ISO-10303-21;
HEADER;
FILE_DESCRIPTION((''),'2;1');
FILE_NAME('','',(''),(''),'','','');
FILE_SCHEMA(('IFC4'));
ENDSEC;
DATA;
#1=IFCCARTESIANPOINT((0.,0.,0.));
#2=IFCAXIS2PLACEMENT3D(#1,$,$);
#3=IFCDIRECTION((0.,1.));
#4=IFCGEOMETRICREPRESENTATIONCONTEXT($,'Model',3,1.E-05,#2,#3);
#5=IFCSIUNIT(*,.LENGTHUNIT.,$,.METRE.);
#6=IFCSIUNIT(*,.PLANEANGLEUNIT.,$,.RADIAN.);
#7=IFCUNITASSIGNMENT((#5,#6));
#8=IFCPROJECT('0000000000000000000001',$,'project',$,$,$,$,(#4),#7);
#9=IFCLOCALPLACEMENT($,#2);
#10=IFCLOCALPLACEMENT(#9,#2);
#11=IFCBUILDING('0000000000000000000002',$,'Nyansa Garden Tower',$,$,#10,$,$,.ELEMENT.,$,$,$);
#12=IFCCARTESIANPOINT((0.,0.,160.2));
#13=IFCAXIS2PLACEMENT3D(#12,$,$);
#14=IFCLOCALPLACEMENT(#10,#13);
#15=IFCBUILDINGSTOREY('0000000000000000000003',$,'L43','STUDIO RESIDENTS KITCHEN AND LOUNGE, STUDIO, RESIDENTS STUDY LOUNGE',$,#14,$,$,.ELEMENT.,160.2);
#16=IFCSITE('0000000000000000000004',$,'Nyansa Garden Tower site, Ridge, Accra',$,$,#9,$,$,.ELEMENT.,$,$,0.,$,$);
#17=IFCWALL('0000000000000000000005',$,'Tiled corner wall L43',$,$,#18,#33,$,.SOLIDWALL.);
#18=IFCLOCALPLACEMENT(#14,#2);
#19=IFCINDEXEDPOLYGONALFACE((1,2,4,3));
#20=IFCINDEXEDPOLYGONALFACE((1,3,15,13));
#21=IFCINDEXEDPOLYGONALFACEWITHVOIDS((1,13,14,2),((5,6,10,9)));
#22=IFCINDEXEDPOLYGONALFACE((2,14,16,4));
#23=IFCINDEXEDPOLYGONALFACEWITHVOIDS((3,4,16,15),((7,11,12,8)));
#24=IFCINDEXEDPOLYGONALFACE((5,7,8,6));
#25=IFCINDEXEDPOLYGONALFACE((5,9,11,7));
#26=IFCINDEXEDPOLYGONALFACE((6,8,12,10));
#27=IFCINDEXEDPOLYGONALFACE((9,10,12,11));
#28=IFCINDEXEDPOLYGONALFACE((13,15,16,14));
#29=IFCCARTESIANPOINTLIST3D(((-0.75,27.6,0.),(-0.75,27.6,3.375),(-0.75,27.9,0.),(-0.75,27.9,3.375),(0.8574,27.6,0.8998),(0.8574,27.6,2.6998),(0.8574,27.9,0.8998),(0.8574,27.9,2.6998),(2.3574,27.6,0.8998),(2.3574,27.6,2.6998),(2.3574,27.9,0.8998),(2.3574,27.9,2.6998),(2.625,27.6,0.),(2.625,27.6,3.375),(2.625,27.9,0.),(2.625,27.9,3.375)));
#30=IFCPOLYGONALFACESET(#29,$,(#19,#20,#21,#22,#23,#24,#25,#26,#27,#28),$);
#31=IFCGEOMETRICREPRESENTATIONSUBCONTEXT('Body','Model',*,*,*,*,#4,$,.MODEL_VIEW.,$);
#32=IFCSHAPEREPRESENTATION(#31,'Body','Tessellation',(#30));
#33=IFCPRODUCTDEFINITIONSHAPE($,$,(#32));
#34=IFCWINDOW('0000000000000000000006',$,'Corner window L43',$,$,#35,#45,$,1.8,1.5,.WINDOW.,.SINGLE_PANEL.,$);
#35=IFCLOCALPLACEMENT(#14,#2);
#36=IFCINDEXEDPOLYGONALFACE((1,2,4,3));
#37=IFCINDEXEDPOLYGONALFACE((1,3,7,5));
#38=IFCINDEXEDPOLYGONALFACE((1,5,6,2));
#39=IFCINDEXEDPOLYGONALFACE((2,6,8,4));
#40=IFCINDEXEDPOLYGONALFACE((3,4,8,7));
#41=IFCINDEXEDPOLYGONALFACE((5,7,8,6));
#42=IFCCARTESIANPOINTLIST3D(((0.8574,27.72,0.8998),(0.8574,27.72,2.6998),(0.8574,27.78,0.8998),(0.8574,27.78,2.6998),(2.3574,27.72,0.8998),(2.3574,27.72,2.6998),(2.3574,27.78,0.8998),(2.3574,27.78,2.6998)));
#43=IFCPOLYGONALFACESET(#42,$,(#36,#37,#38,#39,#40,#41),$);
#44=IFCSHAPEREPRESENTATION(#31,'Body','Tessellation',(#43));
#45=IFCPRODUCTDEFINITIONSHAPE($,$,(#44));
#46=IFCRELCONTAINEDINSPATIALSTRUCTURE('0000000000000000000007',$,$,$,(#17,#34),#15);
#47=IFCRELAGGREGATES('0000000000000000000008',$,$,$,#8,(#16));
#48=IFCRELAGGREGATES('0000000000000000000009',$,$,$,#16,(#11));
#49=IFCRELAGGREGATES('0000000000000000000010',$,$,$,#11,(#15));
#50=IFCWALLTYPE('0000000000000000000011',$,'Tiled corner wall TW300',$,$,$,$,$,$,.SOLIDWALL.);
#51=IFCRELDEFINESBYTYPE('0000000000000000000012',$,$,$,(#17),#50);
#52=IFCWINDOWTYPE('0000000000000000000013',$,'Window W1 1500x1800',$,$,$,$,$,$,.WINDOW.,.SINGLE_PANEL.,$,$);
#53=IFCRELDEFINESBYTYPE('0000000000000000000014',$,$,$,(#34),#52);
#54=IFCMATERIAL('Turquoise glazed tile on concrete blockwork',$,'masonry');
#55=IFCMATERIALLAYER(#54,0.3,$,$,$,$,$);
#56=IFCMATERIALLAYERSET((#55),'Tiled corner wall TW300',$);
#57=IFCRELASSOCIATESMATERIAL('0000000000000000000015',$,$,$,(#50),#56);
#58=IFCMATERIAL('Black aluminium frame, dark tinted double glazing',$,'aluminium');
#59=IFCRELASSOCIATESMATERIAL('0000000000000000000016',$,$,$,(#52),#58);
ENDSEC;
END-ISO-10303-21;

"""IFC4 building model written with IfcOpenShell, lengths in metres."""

from ifc_helpers import new_model, si_unit, direction, frame, frame_2d, origin, place, context, subcontext, project, spatial, rectangle, extrude, material, layer, layer_set, type_object, element, fill, save


model = new_model("IFC4")

# Units and contexts
model_context = context("Model", 3, precision=1e-05, world=origin(), true_north=direction((0.0, 1.0)))
body_context = subcontext(model_context, "Body", "Model", "MODEL_VIEW")
ifc_project = project(units=[si_unit("LENGTHUNIT", "METRE"), si_unit("PLANEANGLEUNIT", "RADIAN")], contexts=[model_context])

# Site, building, storey
site_placement = place(None, origin())
site = spatial("IfcSite", under=ifc_project, at=site_placement, Name="Nyansa Garden Tower site, Ridge, Accra", CompositionType="ELEMENT", RefElevation=0.0)
building_placement = place(site_placement, origin())
building = spatial("IfcBuilding", under=site, at=building_placement, Name="Nyansa Garden Tower", CompositionType="ELEMENT")
storey_placement = place(building_placement, frame((0.0, 0.0, 160.2)))
storey = spatial("IfcBuildingStorey", under=building, at=storey_placement, Name="L43", Description="STUDIO RESIDENTS KITCHEN AND LOUNGE, STUDIO, RESIDENTS STUDY LOUNGE", CompositionType="ELEMENT", Elevation=160.2)

# Wall, opening, window
ifc_material_1 = material(Name="Turquoise glazed tile on concrete blockwork", Category="masonry")
ifc_layer_1 = layer(ifc_material_1, 0.3)
ifc_layer_set_1 = layer_set([ifc_layer_1], Name="Tiled corner wall TW300")
wall_type_1 = type_object("IfcWallType", Name="Tiled corner wall TW300", PredefinedType="SOLIDWALL", material=ifc_layer_set_1)
ifc_material_2 = material(Name="Black aluminium frame, dark tinted double glazing", Category="aluminium")
window_type_1 = type_object("IfcWindowType", Name="Window W1 1500x1800", PartitioningType="SINGLE_PANEL", PredefinedType="WINDOW", material=ifc_material_2)
wall_1_placement = place(storey_placement, frame((2.625, 27.75, 0.0), z_axis=(0.0, 0.0, 1.0), x_axis=(-1.0, 0.0, 0.0)))
wall_1 = element("IfcWall", 1, at=wall_1_placement, inside=storey, type_object=wall_type_1, Name="Tiled corner wall L43", PredefinedType="SOLIDWALL", context=body_context, shape_type="SweptSolid", body=[
    extrude(rectangle(XDim=3.375, YDim=0.3, at=frame_2d((1.6875, 0.0))), origin(), (0.0, 0.0, 1.0), 3.375),
])
opening_1_placement = place(wall_1_placement, frame((0.2676, 0.0, 0.8999)))
opening_1 = element("IfcOpeningElement", 2, at=opening_1_placement, cuts=wall_1, PredefinedType="OPENING", context=body_context, shape_type="SweptSolid", body=[
    extrude(rectangle(XDim=1.5, YDim=1.8, at=frame_2d((0.75, 0.8999))), frame((0.0, 0.1599, 0.0), z_axis=(0.0, -1.0, 0.0), x_axis=(1.0, 0.0, 0.0)), (0.0, 0.0, 1.0), 0.3201),
])
window_1_placement = place(opening_1_placement, origin())
window_1 = element("IfcWindow", 3, at=window_1_placement, inside=storey, type_object=window_type_1, Name="Corner window L43", OverallHeight=1.8, OverallWidth=1.5, PartitioningType="SINGLE_PANEL", PredefinedType="WINDOW", context=body_context, shape_type="SweptSolid", body=[
    extrude(rectangle(XDim=1.5, YDim=1.8, at=frame_2d((0.75, 0.8999))), frame((0.0, 0.03, 0.0), z_axis=(0.0, -1.0, 0.0), x_axis=(1.0, 0.0, 0.0)), (0.0, 0.0, 1.0), 0.0601),
])
fill(opening_1, window_1)

save(model, "model.ifc")
